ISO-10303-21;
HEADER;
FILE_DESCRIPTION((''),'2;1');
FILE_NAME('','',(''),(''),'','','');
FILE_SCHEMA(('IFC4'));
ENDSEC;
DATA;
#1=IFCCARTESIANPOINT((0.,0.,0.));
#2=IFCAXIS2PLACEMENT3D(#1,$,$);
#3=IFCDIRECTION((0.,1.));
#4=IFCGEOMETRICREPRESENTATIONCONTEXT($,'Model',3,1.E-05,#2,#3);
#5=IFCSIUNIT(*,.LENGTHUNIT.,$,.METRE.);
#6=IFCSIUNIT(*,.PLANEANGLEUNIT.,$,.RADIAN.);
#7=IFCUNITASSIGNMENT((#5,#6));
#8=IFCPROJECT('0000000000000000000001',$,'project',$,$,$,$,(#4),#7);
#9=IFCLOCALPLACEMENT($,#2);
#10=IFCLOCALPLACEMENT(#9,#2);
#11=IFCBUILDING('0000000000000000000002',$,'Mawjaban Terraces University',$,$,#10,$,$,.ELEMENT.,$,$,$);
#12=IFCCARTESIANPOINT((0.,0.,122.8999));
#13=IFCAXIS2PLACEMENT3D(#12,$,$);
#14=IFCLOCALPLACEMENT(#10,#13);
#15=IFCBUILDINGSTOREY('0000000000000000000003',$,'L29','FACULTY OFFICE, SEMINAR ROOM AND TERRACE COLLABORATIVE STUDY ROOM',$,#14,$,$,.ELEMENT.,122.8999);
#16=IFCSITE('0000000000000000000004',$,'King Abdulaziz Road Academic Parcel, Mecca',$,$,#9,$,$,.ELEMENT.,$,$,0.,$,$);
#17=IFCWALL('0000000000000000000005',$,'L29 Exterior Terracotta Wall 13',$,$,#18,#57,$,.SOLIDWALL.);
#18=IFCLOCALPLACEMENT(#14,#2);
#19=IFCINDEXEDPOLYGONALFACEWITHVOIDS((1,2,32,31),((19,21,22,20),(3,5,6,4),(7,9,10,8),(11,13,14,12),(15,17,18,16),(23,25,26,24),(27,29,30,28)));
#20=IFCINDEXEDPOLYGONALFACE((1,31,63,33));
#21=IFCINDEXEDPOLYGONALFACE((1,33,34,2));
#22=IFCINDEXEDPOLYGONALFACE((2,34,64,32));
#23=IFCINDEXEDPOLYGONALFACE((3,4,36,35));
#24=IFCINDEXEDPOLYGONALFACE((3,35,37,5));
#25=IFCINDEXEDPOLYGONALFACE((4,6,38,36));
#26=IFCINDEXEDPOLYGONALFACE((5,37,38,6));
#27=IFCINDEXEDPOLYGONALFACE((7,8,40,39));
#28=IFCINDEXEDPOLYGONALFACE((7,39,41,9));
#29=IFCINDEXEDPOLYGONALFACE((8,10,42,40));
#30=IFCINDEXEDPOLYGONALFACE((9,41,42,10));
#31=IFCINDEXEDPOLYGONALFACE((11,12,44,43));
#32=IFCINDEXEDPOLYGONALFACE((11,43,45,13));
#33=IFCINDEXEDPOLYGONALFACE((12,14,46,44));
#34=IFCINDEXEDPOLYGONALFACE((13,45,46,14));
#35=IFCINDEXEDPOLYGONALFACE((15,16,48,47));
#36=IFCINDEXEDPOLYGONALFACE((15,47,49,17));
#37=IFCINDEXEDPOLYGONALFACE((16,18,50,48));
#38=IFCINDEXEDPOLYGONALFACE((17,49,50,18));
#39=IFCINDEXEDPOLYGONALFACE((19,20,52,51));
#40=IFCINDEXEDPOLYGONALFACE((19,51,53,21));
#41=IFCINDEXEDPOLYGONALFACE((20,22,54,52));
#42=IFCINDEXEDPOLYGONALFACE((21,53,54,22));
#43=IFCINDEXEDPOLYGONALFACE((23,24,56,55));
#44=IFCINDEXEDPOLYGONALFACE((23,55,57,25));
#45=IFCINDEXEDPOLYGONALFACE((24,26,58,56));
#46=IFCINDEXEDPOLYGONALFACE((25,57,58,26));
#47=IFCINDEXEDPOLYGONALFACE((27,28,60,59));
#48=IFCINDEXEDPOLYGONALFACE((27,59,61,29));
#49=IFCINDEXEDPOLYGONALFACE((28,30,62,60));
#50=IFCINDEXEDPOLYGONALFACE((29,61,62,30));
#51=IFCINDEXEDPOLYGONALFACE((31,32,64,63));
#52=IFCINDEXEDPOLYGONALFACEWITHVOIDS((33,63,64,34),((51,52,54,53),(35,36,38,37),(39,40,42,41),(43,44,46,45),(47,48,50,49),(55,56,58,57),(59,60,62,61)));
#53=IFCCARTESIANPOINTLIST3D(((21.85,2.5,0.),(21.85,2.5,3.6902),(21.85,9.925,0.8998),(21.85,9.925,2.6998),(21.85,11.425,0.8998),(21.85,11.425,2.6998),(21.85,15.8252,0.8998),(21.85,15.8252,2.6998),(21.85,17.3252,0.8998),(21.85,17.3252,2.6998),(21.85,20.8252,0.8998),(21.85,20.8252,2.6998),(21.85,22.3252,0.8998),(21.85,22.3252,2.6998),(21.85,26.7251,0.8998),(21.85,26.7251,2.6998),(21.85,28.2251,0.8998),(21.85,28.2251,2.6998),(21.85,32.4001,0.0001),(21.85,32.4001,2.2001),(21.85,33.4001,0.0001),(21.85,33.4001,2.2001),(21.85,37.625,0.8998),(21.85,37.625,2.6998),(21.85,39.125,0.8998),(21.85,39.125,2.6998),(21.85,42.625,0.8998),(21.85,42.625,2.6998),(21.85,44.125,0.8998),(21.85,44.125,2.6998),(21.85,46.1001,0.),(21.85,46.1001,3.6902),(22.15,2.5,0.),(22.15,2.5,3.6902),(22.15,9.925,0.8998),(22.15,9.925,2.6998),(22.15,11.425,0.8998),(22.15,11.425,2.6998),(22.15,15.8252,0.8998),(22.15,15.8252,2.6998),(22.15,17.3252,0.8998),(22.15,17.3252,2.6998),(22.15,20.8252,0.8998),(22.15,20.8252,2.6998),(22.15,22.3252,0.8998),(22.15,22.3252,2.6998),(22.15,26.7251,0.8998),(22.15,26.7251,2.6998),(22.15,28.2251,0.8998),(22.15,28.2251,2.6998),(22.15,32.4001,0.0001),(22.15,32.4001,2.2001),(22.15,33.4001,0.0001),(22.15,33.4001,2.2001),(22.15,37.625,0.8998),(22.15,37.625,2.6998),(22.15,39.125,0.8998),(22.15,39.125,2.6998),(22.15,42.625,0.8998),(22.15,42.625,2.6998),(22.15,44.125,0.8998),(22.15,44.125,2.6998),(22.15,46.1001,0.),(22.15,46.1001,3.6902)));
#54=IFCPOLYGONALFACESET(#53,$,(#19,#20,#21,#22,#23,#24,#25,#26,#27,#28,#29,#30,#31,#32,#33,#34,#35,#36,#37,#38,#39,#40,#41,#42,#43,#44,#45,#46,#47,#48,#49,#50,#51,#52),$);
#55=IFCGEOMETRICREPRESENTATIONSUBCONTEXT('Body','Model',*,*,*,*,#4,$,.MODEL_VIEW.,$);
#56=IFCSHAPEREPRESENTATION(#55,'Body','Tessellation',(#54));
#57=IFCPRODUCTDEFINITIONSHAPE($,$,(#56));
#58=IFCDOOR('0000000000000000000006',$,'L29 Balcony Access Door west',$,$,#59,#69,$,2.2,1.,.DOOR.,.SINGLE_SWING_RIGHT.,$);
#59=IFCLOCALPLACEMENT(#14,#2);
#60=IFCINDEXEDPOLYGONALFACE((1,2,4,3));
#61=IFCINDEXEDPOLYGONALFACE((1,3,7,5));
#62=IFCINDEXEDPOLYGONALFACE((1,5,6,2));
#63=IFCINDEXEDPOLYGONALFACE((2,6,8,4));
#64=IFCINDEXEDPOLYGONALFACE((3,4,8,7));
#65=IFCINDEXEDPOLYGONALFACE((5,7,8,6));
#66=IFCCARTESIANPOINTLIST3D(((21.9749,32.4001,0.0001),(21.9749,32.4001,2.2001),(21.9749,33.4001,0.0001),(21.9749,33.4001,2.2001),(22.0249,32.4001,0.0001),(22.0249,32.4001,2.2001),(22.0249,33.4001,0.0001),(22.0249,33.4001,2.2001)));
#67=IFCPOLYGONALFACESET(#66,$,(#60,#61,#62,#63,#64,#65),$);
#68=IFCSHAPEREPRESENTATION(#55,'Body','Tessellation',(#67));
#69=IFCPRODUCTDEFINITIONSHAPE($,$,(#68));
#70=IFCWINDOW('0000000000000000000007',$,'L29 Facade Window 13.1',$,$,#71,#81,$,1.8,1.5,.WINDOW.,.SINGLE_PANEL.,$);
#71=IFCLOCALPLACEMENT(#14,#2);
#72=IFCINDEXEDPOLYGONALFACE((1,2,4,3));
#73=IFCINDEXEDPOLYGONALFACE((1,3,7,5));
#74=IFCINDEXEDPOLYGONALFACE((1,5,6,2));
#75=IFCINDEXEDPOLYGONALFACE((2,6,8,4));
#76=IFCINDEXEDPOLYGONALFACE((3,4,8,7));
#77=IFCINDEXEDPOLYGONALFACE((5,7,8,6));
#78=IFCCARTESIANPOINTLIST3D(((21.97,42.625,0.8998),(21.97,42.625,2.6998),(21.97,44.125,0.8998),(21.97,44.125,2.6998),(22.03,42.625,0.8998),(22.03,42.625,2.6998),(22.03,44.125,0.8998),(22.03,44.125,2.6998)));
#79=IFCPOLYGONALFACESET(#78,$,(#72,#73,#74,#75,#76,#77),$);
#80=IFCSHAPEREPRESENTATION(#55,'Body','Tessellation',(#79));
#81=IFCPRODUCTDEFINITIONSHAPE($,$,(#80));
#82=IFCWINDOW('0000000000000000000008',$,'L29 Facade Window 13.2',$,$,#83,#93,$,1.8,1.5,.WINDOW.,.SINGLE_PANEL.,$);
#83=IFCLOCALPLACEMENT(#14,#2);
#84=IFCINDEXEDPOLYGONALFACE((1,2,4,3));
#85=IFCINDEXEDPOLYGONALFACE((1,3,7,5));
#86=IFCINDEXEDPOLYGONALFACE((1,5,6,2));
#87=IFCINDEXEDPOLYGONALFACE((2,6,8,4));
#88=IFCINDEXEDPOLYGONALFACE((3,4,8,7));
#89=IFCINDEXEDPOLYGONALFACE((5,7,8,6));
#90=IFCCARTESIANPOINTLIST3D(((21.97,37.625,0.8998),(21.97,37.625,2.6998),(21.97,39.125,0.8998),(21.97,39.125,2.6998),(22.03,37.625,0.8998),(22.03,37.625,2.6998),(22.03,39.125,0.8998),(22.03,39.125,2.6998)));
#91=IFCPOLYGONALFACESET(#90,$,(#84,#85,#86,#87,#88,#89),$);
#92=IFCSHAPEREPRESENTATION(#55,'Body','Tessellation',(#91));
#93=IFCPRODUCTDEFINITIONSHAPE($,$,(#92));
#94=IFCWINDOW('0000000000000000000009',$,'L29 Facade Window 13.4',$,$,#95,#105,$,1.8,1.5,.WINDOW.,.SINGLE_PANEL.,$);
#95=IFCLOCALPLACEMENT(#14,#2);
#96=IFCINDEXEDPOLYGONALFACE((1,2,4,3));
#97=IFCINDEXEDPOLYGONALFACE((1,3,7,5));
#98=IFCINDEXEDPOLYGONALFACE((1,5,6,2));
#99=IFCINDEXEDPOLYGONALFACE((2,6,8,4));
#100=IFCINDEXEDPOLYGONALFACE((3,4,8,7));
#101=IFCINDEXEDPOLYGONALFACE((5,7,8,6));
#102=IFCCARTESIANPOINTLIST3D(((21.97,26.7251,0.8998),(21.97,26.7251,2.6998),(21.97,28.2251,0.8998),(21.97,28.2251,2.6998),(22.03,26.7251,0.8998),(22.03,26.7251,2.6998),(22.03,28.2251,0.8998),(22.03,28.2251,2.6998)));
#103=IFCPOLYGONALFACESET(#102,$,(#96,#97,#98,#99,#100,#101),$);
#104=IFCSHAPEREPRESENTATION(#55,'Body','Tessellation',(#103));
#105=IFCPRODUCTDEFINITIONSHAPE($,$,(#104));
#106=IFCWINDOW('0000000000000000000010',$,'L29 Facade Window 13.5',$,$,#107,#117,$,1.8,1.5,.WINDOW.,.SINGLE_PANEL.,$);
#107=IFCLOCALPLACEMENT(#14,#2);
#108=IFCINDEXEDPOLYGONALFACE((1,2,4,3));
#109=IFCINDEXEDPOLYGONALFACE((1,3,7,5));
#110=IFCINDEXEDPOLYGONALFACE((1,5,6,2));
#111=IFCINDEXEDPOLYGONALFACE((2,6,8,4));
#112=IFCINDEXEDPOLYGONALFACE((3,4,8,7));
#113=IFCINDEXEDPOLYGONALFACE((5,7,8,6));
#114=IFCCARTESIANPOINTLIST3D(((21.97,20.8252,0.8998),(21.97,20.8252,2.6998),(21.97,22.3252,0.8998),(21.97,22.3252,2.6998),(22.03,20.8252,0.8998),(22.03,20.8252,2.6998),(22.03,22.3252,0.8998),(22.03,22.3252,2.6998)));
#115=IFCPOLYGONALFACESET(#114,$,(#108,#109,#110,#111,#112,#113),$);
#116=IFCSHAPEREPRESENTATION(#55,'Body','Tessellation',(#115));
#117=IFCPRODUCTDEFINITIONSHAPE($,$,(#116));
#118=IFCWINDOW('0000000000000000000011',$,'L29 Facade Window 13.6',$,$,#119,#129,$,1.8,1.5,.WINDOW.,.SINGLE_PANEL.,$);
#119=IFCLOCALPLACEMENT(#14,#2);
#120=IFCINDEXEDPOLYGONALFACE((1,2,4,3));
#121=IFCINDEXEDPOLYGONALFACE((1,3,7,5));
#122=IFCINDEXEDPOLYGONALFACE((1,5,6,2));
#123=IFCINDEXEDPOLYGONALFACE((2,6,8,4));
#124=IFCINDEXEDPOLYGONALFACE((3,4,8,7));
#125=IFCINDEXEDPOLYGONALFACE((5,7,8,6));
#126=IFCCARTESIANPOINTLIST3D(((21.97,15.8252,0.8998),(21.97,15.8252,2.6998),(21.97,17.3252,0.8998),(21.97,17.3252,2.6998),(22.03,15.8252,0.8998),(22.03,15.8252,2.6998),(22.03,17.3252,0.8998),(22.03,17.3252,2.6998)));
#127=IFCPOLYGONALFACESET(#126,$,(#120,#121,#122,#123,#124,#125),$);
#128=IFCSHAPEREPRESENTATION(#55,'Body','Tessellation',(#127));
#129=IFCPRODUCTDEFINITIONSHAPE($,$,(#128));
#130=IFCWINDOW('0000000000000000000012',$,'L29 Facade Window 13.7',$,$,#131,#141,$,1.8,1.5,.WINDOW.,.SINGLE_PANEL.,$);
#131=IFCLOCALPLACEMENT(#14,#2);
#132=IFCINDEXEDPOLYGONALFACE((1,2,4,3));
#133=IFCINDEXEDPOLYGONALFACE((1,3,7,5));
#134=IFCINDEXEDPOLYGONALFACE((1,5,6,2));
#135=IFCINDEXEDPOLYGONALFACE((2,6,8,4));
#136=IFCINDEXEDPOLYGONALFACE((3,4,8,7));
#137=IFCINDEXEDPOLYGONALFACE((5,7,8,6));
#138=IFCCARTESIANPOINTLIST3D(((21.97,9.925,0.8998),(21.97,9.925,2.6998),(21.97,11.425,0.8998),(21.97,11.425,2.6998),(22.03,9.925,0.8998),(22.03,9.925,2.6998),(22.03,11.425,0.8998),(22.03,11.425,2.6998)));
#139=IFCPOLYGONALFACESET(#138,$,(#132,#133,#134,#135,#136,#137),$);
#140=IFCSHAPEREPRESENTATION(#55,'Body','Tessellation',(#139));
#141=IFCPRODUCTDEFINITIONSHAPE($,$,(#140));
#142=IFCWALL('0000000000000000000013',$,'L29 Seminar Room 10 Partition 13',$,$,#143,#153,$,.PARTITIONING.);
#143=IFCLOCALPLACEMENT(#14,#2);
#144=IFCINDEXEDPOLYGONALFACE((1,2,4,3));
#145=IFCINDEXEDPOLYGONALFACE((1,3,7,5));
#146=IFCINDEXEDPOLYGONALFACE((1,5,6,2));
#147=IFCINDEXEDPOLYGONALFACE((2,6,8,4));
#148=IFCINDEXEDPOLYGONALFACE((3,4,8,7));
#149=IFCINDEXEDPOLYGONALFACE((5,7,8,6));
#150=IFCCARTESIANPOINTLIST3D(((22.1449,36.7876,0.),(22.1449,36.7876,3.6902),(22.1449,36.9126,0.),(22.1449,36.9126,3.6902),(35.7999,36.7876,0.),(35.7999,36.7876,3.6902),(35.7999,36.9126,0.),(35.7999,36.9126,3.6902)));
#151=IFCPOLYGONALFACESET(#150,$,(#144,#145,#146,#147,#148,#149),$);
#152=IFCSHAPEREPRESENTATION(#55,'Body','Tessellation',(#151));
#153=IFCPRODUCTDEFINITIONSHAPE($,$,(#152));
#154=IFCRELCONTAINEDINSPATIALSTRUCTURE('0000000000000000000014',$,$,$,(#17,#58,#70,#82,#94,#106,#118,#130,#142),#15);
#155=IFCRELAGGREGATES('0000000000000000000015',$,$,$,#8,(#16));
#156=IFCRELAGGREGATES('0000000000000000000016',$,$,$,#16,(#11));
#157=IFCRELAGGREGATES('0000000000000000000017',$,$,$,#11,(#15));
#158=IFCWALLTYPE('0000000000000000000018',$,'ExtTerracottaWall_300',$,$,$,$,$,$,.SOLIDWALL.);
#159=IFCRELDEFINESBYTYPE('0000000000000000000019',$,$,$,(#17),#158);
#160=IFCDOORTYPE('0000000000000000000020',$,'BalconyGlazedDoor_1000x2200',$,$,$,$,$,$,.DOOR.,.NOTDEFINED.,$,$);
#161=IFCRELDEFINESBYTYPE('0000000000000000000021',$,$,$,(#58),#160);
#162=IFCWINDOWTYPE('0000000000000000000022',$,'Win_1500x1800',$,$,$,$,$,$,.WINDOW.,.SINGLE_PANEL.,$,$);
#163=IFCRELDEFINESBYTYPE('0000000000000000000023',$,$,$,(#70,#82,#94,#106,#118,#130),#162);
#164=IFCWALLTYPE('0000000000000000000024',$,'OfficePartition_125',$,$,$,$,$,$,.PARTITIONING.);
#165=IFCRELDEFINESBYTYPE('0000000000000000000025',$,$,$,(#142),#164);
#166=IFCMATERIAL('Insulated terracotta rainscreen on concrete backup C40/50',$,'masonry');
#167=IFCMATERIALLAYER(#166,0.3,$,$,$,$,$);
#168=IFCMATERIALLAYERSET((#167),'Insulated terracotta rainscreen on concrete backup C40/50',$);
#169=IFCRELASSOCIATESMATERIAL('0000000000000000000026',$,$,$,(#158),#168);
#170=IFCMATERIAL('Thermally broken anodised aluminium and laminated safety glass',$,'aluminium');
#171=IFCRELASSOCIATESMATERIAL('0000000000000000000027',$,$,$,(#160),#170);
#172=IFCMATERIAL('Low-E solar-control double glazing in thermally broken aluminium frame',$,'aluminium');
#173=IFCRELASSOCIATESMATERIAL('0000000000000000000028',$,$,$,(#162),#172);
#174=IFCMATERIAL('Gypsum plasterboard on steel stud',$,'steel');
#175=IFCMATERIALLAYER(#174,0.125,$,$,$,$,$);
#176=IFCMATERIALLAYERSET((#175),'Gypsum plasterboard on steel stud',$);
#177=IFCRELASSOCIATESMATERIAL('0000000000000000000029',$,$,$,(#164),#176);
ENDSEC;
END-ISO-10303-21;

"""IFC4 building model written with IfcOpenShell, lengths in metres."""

from ifc_helpers import new_model, si_unit, direction, frame, frame_2d, origin, place, context, subcontext, project, spatial, rectangle, extrude, material, layer, layer_set, type_object, element, fill, save


model = new_model("IFC4")

# Units and contexts
model_context = context("Model", 3, precision=1e-05, world=origin(), true_north=direction((0.0, 1.0)))
body_context = subcontext(model_context, "Body", "Model", "MODEL_VIEW")
ifc_project = project(units=[si_unit("LENGTHUNIT", "METRE"), si_unit("PLANEANGLEUNIT", "RADIAN")], contexts=[model_context])

# Site, building, storey
site_placement = place(None, origin())
site = spatial("IfcSite", under=ifc_project, at=site_placement, Name="King Abdulaziz Road Academic Parcel, Mecca", CompositionType="ELEMENT", RefElevation=0.0)
building_placement = place(site_placement, origin())
building = spatial("IfcBuilding", under=site, at=building_placement, Name="Mawjaban Terraces University", CompositionType="ELEMENT")
storey_placement = place(building_placement, frame((0.0, 0.0, 122.8999)))
storey = spatial("IfcBuildingStorey", under=building, at=storey_placement, Name="L29", Description="FACULTY OFFICE, SEMINAR ROOM AND TERRACE COLLABORATIVE STUDY ROOM", CompositionType="ELEMENT", Elevation=122.8999)

# Shared definitions
ifc_material_1 = material(Name="Insulated terracotta rainscreen on concrete backup C40/50", Category="masonry")
ifc_layer_1 = layer(ifc_material_1, 0.3)
ifc_layer_set_1 = layer_set([ifc_layer_1], Name="Insulated terracotta rainscreen on concrete backup C40/50")
wall_type_1 = type_object("IfcWallType", Name="ExtTerracottaWall_300", PredefinedType="SOLIDWALL", material=ifc_layer_set_1)
ifc_material_2 = material(Name="Low-E solar-control double glazing in thermally broken aluminium frame", Category="aluminium")

# Wall, openings, door, windows
wall_1_placement = place(storey_placement, frame((22.0, 46.1001, 0.0), z_axis=(0.0, 0.0, 1.0), x_axis=(0.0, -1.0, 0.0)))
wall_1 = element("IfcWall", 1, at=wall_1_placement, inside=storey, type_object=wall_type_1, Name="L29 Exterior Terracotta Wall 13", PredefinedType="SOLIDWALL", context=body_context, shape_type="SweptSolid", body=[
    extrude(rectangle(XDim=43.6001, YDim=0.3, at=frame_2d((21.8, 0.0))), origin(), (0.0, 0.0, 1.0), 3.6902),
])
opening_1_placement = place(wall_1_placement, frame((12.7, 0.0, 0.0)))
opening_1 = element("IfcOpeningElement", 2, at=opening_1_placement, cuts=wall_1, PredefinedType="OPENING", context=body_context, shape_type="SweptSolid", body=[
    extrude(rectangle(XDim=1.0, YDim=2.2, at=frame_2d((0.5, 1.1001))), frame((0.0, 0.1599, 0.0), z_axis=(0.0, -1.0, 0.0), x_axis=(1.0, 0.0, 0.0)), (0.0, 0.0, 1.0), 0.3201),
])
opening_2_placement = place(wall_1_placement, frame((1.9751, 0.0, 0.8999)))
opening_2 = element("IfcOpeningElement", 3, at=opening_2_placement, cuts=wall_1, PredefinedType="OPENING", context=body_context, shape_type="SweptSolid", body=[
    extrude(rectangle(XDim=1.5, YDim=1.8, at=frame_2d((0.75, 0.8999))), frame((0.0, 0.1599, 0.0), z_axis=(0.0, -1.0, 0.0), x_axis=(1.0, 0.0, 0.0)), (0.0, 0.0, 1.0), 0.3201),
])
opening_3_placement = place(wall_1_placement, frame((6.9751, 0.0, 0.8999)))
opening_3 = element("IfcOpeningElement", 4, at=opening_3_placement, cuts=wall_1, PredefinedType="OPENING", context=body_context, shape_type="SweptSolid", body=[
    extrude(rectangle(XDim=1.5, YDim=1.8, at=frame_2d((0.75, 0.8999))), frame((0.0, 0.1599, 0.0), z_axis=(0.0, -1.0, 0.0), x_axis=(1.0, 0.0, 0.0)), (0.0, 0.0, 1.0), 0.3201),
])
opening_4_placement = place(wall_1_placement, frame((17.875, 0.0, 0.8999)))
opening_4 = element("IfcOpeningElement", 5, at=opening_4_placement, cuts=wall_1, PredefinedType="OPENING", context=body_context, shape_type="SweptSolid", body=[
    extrude(rectangle(XDim=1.5, YDim=1.8, at=frame_2d((0.75, 0.8999))), frame((0.0, 0.1599, 0.0), z_axis=(0.0, -1.0, 0.0), x_axis=(1.0, 0.0, 0.0)), (0.0, 0.0, 1.0), 0.3201),
])
opening_5_placement = place(wall_1_placement, frame((23.7749, 0.0, 0.8999)))
opening_5 = element("IfcOpeningElement", 6, at=opening_5_placement, cuts=wall_1, PredefinedType="OPENING", context=body_context, shape_type="SweptSolid", body=[
    extrude(rectangle(XDim=1.5, YDim=1.8, at=frame_2d((0.75, 0.8999))), frame((0.0, 0.1599, 0.0), z_axis=(0.0, -1.0, 0.0), x_axis=(1.0, 0.0, 0.0)), (0.0, 0.0, 1.0), 0.3201),
])
opening_6_placement = place(wall_1_placement, frame((28.7749, 0.0, 0.8999)))
opening_6 = element("IfcOpeningElement", 7, at=opening_6_placement, cuts=wall_1, PredefinedType="OPENING", context=body_context, shape_type="SweptSolid", body=[
    extrude(rectangle(XDim=1.5, YDim=1.8, at=frame_2d((0.75, 0.8999))), frame((0.0, 0.1599, 0.0), z_axis=(0.0, -1.0, 0.0), x_axis=(1.0, 0.0, 0.0)), (0.0, 0.0, 1.0), 0.3201),
])
opening_7_placement = place(wall_1_placement, frame((34.675, 0.0, 0.8999)))
opening_7 = element("IfcOpeningElement", 8, at=opening_7_placement, cuts=wall_1, PredefinedType="OPENING", context=body_context, shape_type="SweptSolid", body=[
    extrude(rectangle(XDim=1.5, YDim=1.8, at=frame_2d((0.75, 0.8999))), frame((0.0, 0.1599, 0.0), z_axis=(0.0, -1.0, 0.0), x_axis=(1.0, 0.0, 0.0)), (0.0, 0.0, 1.0), 0.3201),
])
ifc_material_3 = material(Name="Thermally broken anodised aluminium and laminated safety glass", Category="aluminium")
door_type_1 = type_object("IfcDoorType", Name="BalconyGlazedDoor_1000x2200", OperationType="NOTDEFINED", PredefinedType="DOOR", material=ifc_material_3)
door_1_placement = place(opening_1_placement, origin())
door_1 = element("IfcDoor", 9, at=door_1_placement, inside=storey, type_object=door_type_1, Name="L29 Balcony Access Door west", OperationType="SINGLE_SWING_RIGHT", OverallHeight=2.2, OverallWidth=1.0, PredefinedType="DOOR", context=body_context, shape_type="SweptSolid", body=[
    extrude(rectangle(XDim=1.0, YDim=2.2, at=frame_2d((0.5, 1.1001))), frame((0.0, 0.0249, 0.0), z_axis=(0.0, -1.0, 0.0), x_axis=(1.0, 0.0, 0.0)), (0.0, 0.0, 1.0), 0.05),
])
fill(opening_1, door_1)
window_type_1 = type_object("IfcWindowType", Name="Win_1500x1800", PartitioningType="SINGLE_PANEL", PredefinedType="WINDOW", material=ifc_material_2)
window_1_placement = place(opening_2_placement, origin())
window_1 = element("IfcWindow", 10, at=window_1_placement, inside=storey, type_object=window_type_1, Name="L29 Facade Window 13.1", OverallHeight=1.8, OverallWidth=1.5, PartitioningType="SINGLE_PANEL", PredefinedType="WINDOW", context=body_context, shape_type="SweptSolid", body=[
    extrude(rectangle(XDim=1.5, YDim=1.8, at=frame_2d((0.75, 0.8999))), frame((0.0, 0.03, 0.0), z_axis=(0.0, -1.0, 0.0), x_axis=(1.0, 0.0, 0.0)), (0.0, 0.0, 1.0), 0.0601),
])
fill(opening_2, window_1)
window_2_placement = place(opening_3_placement, origin())
window_2 = element("IfcWindow", 11, at=window_2_placement, inside=storey, type_object=window_type_1, Name="L29 Facade Window 13.2", OverallHeight=1.8, OverallWidth=1.5, PartitioningType="SINGLE_PANEL", PredefinedType="WINDOW", context=body_context, shape_type="SweptSolid", body=[
    extrude(rectangle(XDim=1.5, YDim=1.8, at=frame_2d((0.75, 0.8999))), frame((0.0, 0.03, 0.0), z_axis=(0.0, -1.0, 0.0), x_axis=(1.0, 0.0, 0.0)), (0.0, 0.0, 1.0), 0.0601),
])
fill(opening_3, window_2)
window_3_placement = place(opening_4_placement, origin())
window_3 = element("IfcWindow", 12, at=window_3_placement, inside=storey, type_object=window_type_1, Name="L29 Facade Window 13.4", OverallHeight=1.8, OverallWidth=1.5, PartitioningType="SINGLE_PANEL", PredefinedType="WINDOW", context=body_context, shape_type="SweptSolid", body=[
    extrude(rectangle(XDim=1.5, YDim=1.8, at=frame_2d((0.75, 0.8999))), frame((0.0, 0.03, 0.0), z_axis=(0.0, -1.0, 0.0), x_axis=(1.0, 0.0, 0.0)), (0.0, 0.0, 1.0), 0.0601),
])
fill(opening_4, window_3)
window_4_placement = place(opening_5_placement, origin())
window_4 = element("IfcWindow", 13, at=window_4_placement, inside=storey, type_object=window_type_1, Name="L29 Facade Window 13.5", OverallHeight=1.8, OverallWidth=1.5, PartitioningType="SINGLE_PANEL", PredefinedType="WINDOW", context=body_context, shape_type="SweptSolid", body=[
    extrude(rectangle(XDim=1.5, YDim=1.8, at=frame_2d((0.75, 0.8999))), frame((0.0, 0.03, 0.0), z_axis=(0.0, -1.0, 0.0), x_axis=(1.0, 0.0, 0.0)), (0.0, 0.0, 1.0), 0.0601),
])
fill(opening_5, window_4)
window_5_placement = place(opening_6_placement, origin())
window_5 = element("IfcWindow", 14, at=window_5_placement, inside=storey, type_object=window_type_1, Name="L29 Facade Window 13.6", OverallHeight=1.8, OverallWidth=1.5, PartitioningType="SINGLE_PANEL", PredefinedType="WINDOW", context=body_context, shape_type="SweptSolid", body=[
    extrude(rectangle(XDim=1.5, YDim=1.8, at=frame_2d((0.75, 0.8999))), frame((0.0, 0.03, 0.0), z_axis=(0.0, -1.0, 0.0), x_axis=(1.0, 0.0, 0.0)), (0.0, 0.0, 1.0), 0.0601),
])
fill(opening_6, window_5)
window_6_placement = place(opening_7_placement, origin())
window_6 = element("IfcWindow", 15, at=window_6_placement, inside=storey, type_object=window_type_1, Name="L29 Facade Window 13.7", OverallHeight=1.8, OverallWidth=1.5, PartitioningType="SINGLE_PANEL", PredefinedType="WINDOW", context=body_context, shape_type="SweptSolid", body=[
    extrude(rectangle(XDim=1.5, YDim=1.8, at=frame_2d((0.75, 0.8999))), frame((0.0, 0.03, 0.0), z_axis=(0.0, -1.0, 0.0), x_axis=(1.0, 0.0, 0.0)), (0.0, 0.0, 1.0), 0.0601),
])
fill(opening_7, window_6)

# Wall
ifc_material_4 = material(Name="Gypsum plasterboard on steel stud", Category="steel")
ifc_layer_2 = layer(ifc_material_4, 0.125)
ifc_layer_set_2 = layer_set([ifc_layer_2], Name="Gypsum plasterboard on steel stud")
wall_type_2 = type_object("IfcWallType", Name="OfficePartition_125", PredefinedType="PARTITIONING", material=ifc_layer_set_2)
wall_2_placement = place(storey_placement, frame((35.8, 36.8501, 0.0), z_axis=(0.0, 0.0, 1.0), x_axis=(-1.0, 0.0, 0.0)))
element("IfcWall", 16, at=wall_2_placement, inside=storey, type_object=wall_type_2, Name="L29 Seminar Room 10 Partition 13", PredefinedType="PARTITIONING", context=body_context, shape_type="SweptSolid", body=[
    extrude(rectangle(XDim=13.655, YDim=0.125, at=frame_2d((6.8276, 0.0))), origin(), (0.0, 0.0, 1.0), 3.6902),
])

save(model, "model.ifc")
